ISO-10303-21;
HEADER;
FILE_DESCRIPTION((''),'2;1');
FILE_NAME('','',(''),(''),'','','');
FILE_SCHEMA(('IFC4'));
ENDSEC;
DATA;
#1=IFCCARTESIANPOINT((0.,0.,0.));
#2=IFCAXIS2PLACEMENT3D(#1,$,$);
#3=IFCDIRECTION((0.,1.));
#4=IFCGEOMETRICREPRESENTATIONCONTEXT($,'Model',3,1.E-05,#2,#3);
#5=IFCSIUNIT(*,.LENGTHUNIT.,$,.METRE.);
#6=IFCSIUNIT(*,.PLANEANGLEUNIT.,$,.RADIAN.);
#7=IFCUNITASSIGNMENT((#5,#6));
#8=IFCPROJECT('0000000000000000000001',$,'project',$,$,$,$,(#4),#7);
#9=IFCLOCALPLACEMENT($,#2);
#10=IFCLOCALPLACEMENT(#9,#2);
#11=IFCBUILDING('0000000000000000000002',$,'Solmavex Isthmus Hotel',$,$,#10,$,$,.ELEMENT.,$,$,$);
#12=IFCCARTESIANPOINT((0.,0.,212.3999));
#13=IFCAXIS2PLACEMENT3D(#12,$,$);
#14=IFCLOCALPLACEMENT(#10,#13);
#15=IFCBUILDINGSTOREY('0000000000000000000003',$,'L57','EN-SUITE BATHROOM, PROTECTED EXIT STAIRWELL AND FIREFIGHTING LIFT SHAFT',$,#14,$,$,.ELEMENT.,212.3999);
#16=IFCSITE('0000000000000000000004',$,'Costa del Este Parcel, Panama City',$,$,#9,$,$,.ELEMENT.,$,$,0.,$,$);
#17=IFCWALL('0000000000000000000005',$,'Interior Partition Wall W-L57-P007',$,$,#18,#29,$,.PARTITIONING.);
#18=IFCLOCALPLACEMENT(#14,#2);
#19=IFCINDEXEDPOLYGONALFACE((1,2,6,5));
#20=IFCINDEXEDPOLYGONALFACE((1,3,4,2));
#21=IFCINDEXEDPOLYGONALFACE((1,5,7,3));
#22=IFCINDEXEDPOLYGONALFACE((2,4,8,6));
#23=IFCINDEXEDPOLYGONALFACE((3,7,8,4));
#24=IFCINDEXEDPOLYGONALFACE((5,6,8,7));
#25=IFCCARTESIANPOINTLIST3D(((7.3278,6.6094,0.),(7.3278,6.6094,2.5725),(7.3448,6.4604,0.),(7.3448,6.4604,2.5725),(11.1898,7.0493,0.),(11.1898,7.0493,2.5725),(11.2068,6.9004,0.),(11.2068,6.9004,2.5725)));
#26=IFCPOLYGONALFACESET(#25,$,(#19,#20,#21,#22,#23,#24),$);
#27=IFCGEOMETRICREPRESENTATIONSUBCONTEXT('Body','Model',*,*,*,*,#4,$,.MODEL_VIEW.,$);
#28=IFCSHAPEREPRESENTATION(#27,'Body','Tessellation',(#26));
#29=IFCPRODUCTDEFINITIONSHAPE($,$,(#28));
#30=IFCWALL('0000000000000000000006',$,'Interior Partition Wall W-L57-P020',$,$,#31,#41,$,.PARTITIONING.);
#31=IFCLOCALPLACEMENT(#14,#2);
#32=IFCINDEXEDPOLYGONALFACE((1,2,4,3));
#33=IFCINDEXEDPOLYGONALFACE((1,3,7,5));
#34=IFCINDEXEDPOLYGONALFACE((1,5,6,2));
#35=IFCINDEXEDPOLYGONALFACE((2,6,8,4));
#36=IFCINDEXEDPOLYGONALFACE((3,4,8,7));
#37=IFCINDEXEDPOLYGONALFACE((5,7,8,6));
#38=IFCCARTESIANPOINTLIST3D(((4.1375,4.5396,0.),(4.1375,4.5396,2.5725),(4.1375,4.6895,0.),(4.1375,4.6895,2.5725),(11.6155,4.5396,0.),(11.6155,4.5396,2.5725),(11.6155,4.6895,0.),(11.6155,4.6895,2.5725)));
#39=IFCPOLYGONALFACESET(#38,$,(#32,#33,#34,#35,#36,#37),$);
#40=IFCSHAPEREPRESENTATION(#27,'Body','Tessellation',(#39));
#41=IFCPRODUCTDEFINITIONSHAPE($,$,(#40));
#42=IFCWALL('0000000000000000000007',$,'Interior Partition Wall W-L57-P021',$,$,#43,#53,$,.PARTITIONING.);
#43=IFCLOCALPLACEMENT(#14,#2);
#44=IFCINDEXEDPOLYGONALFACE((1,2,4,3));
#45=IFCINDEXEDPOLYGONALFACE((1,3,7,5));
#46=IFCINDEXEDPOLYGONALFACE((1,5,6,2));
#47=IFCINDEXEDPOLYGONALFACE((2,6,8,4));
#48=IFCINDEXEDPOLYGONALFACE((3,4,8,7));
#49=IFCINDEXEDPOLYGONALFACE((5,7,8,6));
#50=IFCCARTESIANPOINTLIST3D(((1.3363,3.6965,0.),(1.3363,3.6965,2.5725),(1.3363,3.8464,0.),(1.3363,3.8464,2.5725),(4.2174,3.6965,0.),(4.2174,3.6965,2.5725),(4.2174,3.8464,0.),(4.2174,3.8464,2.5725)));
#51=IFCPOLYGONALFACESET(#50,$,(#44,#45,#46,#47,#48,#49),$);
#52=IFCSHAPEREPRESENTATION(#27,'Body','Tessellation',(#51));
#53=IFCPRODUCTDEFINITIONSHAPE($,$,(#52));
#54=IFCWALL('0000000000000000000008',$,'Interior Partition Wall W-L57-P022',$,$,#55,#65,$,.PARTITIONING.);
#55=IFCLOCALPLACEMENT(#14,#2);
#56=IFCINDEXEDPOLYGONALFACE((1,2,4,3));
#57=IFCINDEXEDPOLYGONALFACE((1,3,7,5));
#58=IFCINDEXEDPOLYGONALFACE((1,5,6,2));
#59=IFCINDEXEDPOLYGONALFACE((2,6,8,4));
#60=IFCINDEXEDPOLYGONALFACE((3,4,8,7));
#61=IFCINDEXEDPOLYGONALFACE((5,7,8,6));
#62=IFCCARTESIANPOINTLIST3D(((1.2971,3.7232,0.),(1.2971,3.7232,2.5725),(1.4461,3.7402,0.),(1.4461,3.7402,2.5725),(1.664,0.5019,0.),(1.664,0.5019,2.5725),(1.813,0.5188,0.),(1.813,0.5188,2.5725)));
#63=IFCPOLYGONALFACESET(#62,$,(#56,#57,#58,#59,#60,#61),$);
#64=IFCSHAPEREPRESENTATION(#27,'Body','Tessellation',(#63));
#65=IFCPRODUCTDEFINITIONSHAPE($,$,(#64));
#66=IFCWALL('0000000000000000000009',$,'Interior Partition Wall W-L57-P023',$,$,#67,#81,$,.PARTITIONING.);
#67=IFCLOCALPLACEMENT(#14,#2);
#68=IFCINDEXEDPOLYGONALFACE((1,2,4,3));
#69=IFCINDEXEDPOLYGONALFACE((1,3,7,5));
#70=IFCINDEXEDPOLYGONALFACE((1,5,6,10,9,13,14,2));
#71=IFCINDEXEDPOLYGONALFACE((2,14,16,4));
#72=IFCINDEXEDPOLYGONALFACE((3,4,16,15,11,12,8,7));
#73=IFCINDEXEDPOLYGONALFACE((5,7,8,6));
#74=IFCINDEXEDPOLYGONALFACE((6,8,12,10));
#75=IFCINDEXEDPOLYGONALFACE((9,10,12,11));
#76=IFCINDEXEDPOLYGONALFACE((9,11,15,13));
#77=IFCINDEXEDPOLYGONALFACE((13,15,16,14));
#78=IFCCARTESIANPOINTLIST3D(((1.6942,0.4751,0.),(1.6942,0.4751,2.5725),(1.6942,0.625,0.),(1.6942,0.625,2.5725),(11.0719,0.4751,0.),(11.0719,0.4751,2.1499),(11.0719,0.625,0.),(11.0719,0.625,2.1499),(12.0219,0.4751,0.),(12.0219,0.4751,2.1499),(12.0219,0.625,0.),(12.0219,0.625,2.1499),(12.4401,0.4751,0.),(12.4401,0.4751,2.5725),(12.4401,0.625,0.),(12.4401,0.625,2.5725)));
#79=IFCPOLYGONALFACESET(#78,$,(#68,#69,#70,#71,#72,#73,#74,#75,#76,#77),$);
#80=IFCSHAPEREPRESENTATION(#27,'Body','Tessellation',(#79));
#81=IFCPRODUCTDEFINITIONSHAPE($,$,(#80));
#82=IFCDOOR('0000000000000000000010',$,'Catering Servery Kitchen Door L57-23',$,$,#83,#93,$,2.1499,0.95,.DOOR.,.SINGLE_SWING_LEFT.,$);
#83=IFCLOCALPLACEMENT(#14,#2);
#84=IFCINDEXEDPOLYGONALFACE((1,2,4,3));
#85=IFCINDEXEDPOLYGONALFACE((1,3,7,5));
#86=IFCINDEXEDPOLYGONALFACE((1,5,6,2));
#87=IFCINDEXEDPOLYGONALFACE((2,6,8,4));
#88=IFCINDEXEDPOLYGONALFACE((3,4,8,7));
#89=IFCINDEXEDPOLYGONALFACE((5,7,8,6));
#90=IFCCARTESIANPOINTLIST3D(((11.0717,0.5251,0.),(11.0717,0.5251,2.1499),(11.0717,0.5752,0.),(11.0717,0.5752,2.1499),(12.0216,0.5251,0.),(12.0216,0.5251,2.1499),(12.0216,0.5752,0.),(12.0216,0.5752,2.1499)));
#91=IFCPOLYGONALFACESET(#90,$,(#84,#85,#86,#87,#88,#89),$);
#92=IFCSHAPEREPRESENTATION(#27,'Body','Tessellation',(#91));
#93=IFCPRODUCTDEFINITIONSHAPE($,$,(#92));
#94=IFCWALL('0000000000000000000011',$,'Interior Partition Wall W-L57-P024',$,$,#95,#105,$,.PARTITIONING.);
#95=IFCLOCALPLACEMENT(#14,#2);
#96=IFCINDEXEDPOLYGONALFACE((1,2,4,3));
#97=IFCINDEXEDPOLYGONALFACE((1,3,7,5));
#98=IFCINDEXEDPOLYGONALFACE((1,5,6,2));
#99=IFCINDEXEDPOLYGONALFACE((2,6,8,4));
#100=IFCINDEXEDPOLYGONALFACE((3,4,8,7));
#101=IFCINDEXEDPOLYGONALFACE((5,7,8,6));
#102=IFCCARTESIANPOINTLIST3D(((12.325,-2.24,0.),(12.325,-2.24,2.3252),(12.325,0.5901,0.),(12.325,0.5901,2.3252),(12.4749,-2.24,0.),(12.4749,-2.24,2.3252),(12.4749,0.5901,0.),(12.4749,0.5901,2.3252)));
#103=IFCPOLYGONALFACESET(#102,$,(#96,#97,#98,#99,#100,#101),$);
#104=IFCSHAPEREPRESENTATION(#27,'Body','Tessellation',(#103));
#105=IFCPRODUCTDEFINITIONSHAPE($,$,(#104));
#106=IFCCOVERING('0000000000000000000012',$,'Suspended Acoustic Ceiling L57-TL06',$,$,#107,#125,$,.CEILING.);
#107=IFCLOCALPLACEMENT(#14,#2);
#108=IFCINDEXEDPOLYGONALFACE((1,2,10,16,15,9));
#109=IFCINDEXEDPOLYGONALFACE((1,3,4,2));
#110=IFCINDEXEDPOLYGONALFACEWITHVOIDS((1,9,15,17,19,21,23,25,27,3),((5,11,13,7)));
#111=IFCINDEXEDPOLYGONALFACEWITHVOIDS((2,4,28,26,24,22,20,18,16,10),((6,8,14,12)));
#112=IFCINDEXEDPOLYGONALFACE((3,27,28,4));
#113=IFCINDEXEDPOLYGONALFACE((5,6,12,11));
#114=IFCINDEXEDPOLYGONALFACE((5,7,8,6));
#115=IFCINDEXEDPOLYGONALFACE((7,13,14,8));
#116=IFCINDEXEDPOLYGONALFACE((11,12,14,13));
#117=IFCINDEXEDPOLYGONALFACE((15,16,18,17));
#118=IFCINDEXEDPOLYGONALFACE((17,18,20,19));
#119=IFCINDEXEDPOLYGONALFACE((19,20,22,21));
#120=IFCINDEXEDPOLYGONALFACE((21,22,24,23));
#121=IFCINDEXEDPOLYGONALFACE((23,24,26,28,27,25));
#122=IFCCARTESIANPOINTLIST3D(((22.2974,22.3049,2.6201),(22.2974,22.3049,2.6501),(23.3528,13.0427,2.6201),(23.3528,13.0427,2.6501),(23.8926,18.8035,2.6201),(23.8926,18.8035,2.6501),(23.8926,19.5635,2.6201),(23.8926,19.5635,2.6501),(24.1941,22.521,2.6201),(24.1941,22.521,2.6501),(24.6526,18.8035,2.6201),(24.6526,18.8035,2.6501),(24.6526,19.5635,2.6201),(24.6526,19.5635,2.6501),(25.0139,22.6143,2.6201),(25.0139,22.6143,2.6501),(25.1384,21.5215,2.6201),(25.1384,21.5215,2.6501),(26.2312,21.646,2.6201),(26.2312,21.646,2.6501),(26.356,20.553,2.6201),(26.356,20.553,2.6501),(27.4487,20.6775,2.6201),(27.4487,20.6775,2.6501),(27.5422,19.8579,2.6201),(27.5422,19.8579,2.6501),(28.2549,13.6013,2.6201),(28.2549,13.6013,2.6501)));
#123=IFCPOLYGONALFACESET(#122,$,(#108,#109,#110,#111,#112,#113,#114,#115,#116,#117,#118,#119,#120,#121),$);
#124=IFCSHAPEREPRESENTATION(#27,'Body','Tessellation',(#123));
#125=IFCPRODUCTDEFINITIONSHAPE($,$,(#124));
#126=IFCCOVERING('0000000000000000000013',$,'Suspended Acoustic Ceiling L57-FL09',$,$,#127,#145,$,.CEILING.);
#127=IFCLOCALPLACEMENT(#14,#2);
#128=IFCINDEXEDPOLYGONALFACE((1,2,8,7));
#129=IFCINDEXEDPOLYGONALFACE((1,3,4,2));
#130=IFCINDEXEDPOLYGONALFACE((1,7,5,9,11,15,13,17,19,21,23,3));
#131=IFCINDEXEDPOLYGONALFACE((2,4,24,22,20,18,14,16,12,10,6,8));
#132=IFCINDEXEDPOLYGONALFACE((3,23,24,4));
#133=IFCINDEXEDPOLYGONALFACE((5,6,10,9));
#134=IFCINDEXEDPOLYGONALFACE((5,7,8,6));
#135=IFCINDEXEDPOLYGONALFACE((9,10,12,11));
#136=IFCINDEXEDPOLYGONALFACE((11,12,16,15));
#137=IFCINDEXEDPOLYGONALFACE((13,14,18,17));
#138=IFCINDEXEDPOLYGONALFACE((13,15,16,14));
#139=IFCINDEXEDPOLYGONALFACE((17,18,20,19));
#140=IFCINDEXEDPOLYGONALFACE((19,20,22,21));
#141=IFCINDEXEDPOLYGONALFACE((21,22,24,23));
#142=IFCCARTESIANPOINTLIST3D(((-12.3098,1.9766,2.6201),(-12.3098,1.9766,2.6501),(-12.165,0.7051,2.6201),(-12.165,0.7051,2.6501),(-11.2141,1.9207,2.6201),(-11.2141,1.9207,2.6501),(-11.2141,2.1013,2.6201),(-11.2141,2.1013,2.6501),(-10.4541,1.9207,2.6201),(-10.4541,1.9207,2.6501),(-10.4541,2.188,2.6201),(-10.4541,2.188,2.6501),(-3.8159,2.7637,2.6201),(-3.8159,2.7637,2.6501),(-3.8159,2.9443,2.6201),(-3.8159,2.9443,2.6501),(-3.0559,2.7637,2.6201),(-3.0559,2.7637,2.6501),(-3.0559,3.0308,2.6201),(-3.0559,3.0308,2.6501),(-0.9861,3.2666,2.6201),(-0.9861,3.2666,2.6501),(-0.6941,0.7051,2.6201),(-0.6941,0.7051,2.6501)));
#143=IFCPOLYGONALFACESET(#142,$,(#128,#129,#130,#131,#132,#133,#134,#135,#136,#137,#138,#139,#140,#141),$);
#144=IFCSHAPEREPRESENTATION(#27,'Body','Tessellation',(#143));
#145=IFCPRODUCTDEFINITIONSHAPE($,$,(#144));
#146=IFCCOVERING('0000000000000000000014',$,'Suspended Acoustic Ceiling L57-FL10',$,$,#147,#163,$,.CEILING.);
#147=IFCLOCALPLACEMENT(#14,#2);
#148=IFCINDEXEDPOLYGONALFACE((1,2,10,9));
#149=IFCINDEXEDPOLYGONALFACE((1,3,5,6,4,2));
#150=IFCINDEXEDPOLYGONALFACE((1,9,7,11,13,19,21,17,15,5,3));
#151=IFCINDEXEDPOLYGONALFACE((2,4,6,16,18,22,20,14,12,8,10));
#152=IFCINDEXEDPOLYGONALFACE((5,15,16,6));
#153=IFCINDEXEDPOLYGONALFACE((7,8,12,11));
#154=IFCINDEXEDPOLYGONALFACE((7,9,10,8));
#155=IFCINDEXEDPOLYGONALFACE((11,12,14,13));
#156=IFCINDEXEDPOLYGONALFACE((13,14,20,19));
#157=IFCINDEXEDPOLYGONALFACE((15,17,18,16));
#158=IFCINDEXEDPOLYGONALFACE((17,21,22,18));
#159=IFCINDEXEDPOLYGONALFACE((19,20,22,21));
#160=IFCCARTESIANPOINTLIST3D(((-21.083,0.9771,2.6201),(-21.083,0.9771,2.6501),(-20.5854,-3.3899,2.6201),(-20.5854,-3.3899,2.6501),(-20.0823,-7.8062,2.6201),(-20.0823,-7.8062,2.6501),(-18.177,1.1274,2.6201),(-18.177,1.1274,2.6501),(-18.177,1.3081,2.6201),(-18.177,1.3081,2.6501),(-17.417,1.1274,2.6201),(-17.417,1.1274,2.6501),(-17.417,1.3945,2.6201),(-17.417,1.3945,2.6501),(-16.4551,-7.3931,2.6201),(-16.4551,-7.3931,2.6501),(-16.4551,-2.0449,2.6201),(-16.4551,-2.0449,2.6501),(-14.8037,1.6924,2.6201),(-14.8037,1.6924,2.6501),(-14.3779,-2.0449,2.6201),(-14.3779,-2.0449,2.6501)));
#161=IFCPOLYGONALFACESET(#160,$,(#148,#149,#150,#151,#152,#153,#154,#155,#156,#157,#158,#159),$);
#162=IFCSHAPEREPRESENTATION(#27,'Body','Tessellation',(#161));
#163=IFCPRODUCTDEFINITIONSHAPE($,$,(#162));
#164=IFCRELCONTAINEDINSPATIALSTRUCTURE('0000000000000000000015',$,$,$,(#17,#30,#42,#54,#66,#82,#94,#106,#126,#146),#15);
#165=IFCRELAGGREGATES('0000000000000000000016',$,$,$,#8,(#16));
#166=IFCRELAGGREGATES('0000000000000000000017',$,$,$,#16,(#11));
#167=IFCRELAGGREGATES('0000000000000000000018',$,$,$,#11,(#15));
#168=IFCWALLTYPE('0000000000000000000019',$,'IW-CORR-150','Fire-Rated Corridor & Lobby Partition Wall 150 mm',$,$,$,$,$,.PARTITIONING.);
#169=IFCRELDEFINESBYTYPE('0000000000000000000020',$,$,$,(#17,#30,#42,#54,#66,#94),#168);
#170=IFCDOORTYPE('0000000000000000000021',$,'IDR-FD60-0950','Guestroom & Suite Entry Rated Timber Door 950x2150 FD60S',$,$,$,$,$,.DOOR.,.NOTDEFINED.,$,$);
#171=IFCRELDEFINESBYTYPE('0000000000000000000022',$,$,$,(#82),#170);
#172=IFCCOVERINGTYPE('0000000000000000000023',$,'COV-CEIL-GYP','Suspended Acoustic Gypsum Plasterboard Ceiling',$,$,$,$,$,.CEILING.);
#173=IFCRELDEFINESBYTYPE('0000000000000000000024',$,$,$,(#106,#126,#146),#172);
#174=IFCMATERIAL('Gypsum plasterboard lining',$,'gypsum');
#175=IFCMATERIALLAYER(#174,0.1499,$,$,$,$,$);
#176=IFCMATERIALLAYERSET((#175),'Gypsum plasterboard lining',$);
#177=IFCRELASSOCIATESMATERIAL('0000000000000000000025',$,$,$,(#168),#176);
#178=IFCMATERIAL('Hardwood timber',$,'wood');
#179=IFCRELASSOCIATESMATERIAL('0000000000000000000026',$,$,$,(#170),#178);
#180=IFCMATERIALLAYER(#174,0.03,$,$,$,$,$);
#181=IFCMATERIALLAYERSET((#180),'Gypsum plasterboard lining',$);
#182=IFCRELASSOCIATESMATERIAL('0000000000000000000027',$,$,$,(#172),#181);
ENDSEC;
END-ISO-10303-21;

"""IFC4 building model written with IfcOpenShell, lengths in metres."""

from ifc_helpers import new_model, si_unit, direction, frame, frame_2d, origin, place, context, subcontext, project, spatial, polyline, rectangle, outline, extrude, material, layer, layer_set, type_object, element, fill, save


model = new_model("IFC4")

# Units and contexts
model_context = context("Model", 3, precision=1e-05, world=origin(), true_north=direction((0.0, 1.0)))
body_context = subcontext(model_context, "Body", "Model", "MODEL_VIEW")
ifc_project = project(units=[si_unit("LENGTHUNIT", "METRE"), si_unit("PLANEANGLEUNIT", "RADIAN")], contexts=[model_context])

# Site, building, storey
site_placement = place(None, origin())
site = spatial("IfcSite", under=ifc_project, at=site_placement, Name="Costa del Este Parcel, Panama City", CompositionType="ELEMENT", RefElevation=0.0)
building_placement = place(site_placement, origin())
building = spatial("IfcBuilding", under=site, at=building_placement, Name="Solmavex Isthmus Hotel", CompositionType="ELEMENT")
storey_placement = place(building_placement, frame((0.0, 0.0, 212.3999)))
storey = spatial("IfcBuildingStorey", under=building, at=storey_placement, Name="L57", Description="EN-SUITE BATHROOM, PROTECTED EXIT STAIRWELL AND FIREFIGHTING LIFT SHAFT", CompositionType="ELEMENT", Elevation=212.3999)

# Shared definitions
ifc_material_1 = material(Name="Gypsum plasterboard lining", Category="gypsum")
ifc_layer_1 = layer(ifc_material_1, 0.1499)
ifc_layer_set_1 = layer_set([ifc_layer_1], Name="Gypsum plasterboard lining")
wall_type = type_object("IfcWallType", Name="IW-CORR-150", Description="Fire-Rated Corridor & Lobby Partition Wall 150 mm", PredefinedType="PARTITIONING", material=ifc_layer_set_1)
ifc_material_2 = material(Name="Hardwood timber", Category="wood")
door_type = type_object("IfcDoorType", Name="IDR-FD60-0950", Description="Guestroom & Suite Entry Rated Timber Door 950x2150 FD60S", OperationType="NOTDEFINED", PredefinedType="DOOR", material=ifc_material_2)

# Walls
wall_1_placement = place(storey_placement, frame((7.3364, 6.5349, 0.0), z_axis=(0.0, 0.0, 1.0), x_axis=(0.993574, 0.113182, 0.0)))
element("IfcWall", 1, at=wall_1_placement, inside=storey, type_object=wall_type, Name="Interior Partition Wall W-L57-P007", PredefinedType="PARTITIONING", context=body_context, shape_type="SweptSolid", body=[
    extrude(rectangle(XDim=3.887, YDim=0.1499, at=frame_2d((1.9434, 0.0))), origin(), (0.0, 0.0, 1.0), 2.5725),
])
wall_2_placement = place(storey_placement, frame((11.6155, 4.6145, 0.0), z_axis=(0.0, 0.0, 1.0), x_axis=(-1.0, 0.0, 0.0)))
element("IfcWall", 2, at=wall_2_placement, inside=storey, type_object=wall_type, Name="Interior Partition Wall W-L57-P020", PredefinedType="PARTITIONING", context=body_context, shape_type="SweptSolid", body=[
    extrude(rectangle(XDim=7.478, YDim=0.1499, at=frame_2d((3.739, 0.0))), origin(), (0.0, 0.0, 1.0), 2.5725),
])
wall_3_placement = place(storey_placement, frame((4.2173, 3.7715, 0.0), z_axis=(0.0, 0.0, 1.0), x_axis=(-1.0, 0.0, 0.0)))
element("IfcWall", 3, at=wall_3_placement, inside=storey, type_object=wall_type, Name="Interior Partition Wall W-L57-P021", PredefinedType="PARTITIONING", context=body_context, shape_type="SweptSolid", body=[
    extrude(rectangle(XDim=2.8811, YDim=0.1499, at=frame_2d((1.4404, 0.0))), origin(), (0.0, 0.0, 1.0), 2.5725),
])
wall_4_placement = place(storey_placement, frame((1.3716, 3.7317, 0.0), z_axis=(0.0, 0.0, 1.0), x_axis=(0.113175, -0.993575, 0.0)))
element("IfcWall", 4, at=wall_4_placement, inside=storey, type_object=wall_type, Name="Interior Partition Wall W-L57-P022", PredefinedType="PARTITIONING", context=body_context, shape_type="SweptSolid", body=[
    extrude(rectangle(XDim=3.2422, YDim=0.1499, at=frame_2d((1.6211, 0.0))), origin(), (0.0, 0.0, 1.0), 2.5725),
])

# Wall, opening, door
wall_5_placement = place(storey_placement, frame((1.6941, 0.55, 0.0), z_axis=(0.0, 0.0, 1.0), x_axis=(1.0, 0.0, 0.0)))
wall_5 = element("IfcWall", 5, at=wall_5_placement, inside=storey, type_object=wall_type, Name="Interior Partition Wall W-L57-P023", PredefinedType="PARTITIONING", context=body_context, shape_type="SweptSolid", body=[
    extrude(rectangle(XDim=10.7458, YDim=0.1499, at=frame_2d((5.373, 0.0))), origin(), (0.0, 0.0, 1.0), 2.5725),
])
opening_1_placement = place(wall_5_placement, frame((9.3777, 0.0, 0.0)))
opening_1 = element("IfcOpeningElement", 6, at=opening_1_placement, cuts=wall_5, PredefinedType="OPENING", context=body_context, shape_type="SweptSolid", body=[
    extrude(rectangle(XDim=0.95, YDim=2.1499, at=frame_2d((0.4751, 1.075))), frame((0.0, 0.085, 0.0), z_axis=(0.0, -1.0, 0.0), x_axis=(1.0, 0.0, 0.0)), (0.0, 0.0, 1.0), 0.1699),
])
door_1_placement = place(opening_1_placement, frame((0.95, 0.0, 0.0), z_axis=(0.0, 0.0, 1.0), x_axis=(-1.0, 0.0, 0.0)))
door_1 = element("IfcDoor", 7, at=door_1_placement, inside=storey, type_object=door_type, Name="Catering Servery Kitchen Door L57-23", OperationType="SINGLE_SWING_LEFT", OverallHeight=2.1499, OverallWidth=0.95, PredefinedType="DOOR", context=body_context, shape_type="SweptSolid", body=[
    extrude(rectangle(XDim=0.95, YDim=2.1499, at=frame_2d((0.4751, 1.075))), frame((0.0, 0.0249, 0.0), z_axis=(0.0, -1.0, 0.0), x_axis=(1.0, 0.0, 0.0)), (0.0, 0.0, 1.0), 0.05),
])
fill(opening_1, door_1)

# Wall
wall_6_placement = place(storey_placement, frame((12.3999, 0.5901, 0.0), z_axis=(0.0, 0.0, 1.0), x_axis=(0.0, -1.0, 0.0)))
element("IfcWall", 8, at=wall_6_placement, inside=storey, type_object=wall_type, Name="Interior Partition Wall W-L57-P024", PredefinedType="PARTITIONING", context=body_context, shape_type="SweptSolid", body=[
    extrude(rectangle(XDim=2.8301, YDim=0.1499, at=frame_2d((1.415, 0.0))), origin(), (0.0, 0.0, 1.0), 2.3252),
])

# Coverings
ifc_layer_2 = layer(ifc_material_1, 0.03)
ifc_layer_set_2 = layer_set([ifc_layer_2], Name="Gypsum plasterboard lining")
covering_type_1 = type_object("IfcCoveringType", Name="COV-CEIL-GYP", Description="Suspended Acoustic Gypsum Plasterboard Ceiling", PredefinedType="CEILING", material=ifc_layer_set_2)
covering_1_placement = place(storey_placement, frame((0.0, 0.0, 2.6201)))
element("IfcCovering", 9, at=covering_1_placement, inside=storey, type_object=covering_type_1, Name="Suspended Acoustic Ceiling L57-TL06", PredefinedType="CEILING", context=body_context, shape_type="SweptSolid", body=[
    extrude(outline(polyline([(25.0139, 22.6143), (24.1941, 22.521), (22.2974, 22.3049), (23.3528, 13.0427), (28.2549, 13.6013), (27.5422, 19.8579), (27.4487, 20.6775), (26.356, 20.553), (26.2312, 21.646), (25.1384, 21.5215), (25.0139, 22.6143)]), holes=[polyline([(23.8926, 19.5635), (24.6526, 19.5635), (24.6526, 18.8035), (23.8926, 18.8035), (23.8926, 19.5635)])]), origin(), (0.0, 0.0, 1.0), 0.03),
])
covering_2_placement = place(storey_placement, frame((0.0, 0.0, 2.6201)))
element("IfcCovering", 10, at=covering_2_placement, inside=storey, type_object=covering_type_1, Name="Suspended Acoustic Ceiling L57-FL09", PredefinedType="CEILING", context=body_context, shape_type="SweptSolid", body=[
    extrude(outline(polyline([(-10.4541, 2.188), (-10.4541, 1.9207), (-11.2141, 1.9207), (-11.2141, 2.1013), (-12.3098, 1.9766), (-12.165, 0.7051), (-0.6941, 0.7051), (-0.9861, 3.2666), (-3.0559, 3.0308), (-3.0559, 2.7637), (-3.8159, 2.7637), (-3.8159, 2.9443), (-10.4541, 2.188)])), origin(), (0.0, 0.0, 1.0), 0.03),
])
covering_3_placement = place(storey_placement, frame((0.0, 0.0, 2.6201)))
element("IfcCovering", 11, at=covering_3_placement, inside=storey, type_object=covering_type_1, Name="Suspended Acoustic Ceiling L57-FL10", PredefinedType="CEILING", context=body_context, shape_type="SweptSolid", body=[
    extrude(outline(polyline([(-17.417, 1.3945), (-17.417, 1.1274), (-18.177, 1.1274), (-18.177, 1.3081), (-21.083, 0.9771), (-20.5854, -3.3899), (-20.0823, -7.8062), (-16.4551, -7.3931), (-16.4551, -2.0449), (-14.3779, -2.0449), (-14.8037, 1.6924), (-17.417, 1.3945)])), origin(), (0.0, 0.0, 1.0), 0.03),
])

save(model, "model.ifc")
